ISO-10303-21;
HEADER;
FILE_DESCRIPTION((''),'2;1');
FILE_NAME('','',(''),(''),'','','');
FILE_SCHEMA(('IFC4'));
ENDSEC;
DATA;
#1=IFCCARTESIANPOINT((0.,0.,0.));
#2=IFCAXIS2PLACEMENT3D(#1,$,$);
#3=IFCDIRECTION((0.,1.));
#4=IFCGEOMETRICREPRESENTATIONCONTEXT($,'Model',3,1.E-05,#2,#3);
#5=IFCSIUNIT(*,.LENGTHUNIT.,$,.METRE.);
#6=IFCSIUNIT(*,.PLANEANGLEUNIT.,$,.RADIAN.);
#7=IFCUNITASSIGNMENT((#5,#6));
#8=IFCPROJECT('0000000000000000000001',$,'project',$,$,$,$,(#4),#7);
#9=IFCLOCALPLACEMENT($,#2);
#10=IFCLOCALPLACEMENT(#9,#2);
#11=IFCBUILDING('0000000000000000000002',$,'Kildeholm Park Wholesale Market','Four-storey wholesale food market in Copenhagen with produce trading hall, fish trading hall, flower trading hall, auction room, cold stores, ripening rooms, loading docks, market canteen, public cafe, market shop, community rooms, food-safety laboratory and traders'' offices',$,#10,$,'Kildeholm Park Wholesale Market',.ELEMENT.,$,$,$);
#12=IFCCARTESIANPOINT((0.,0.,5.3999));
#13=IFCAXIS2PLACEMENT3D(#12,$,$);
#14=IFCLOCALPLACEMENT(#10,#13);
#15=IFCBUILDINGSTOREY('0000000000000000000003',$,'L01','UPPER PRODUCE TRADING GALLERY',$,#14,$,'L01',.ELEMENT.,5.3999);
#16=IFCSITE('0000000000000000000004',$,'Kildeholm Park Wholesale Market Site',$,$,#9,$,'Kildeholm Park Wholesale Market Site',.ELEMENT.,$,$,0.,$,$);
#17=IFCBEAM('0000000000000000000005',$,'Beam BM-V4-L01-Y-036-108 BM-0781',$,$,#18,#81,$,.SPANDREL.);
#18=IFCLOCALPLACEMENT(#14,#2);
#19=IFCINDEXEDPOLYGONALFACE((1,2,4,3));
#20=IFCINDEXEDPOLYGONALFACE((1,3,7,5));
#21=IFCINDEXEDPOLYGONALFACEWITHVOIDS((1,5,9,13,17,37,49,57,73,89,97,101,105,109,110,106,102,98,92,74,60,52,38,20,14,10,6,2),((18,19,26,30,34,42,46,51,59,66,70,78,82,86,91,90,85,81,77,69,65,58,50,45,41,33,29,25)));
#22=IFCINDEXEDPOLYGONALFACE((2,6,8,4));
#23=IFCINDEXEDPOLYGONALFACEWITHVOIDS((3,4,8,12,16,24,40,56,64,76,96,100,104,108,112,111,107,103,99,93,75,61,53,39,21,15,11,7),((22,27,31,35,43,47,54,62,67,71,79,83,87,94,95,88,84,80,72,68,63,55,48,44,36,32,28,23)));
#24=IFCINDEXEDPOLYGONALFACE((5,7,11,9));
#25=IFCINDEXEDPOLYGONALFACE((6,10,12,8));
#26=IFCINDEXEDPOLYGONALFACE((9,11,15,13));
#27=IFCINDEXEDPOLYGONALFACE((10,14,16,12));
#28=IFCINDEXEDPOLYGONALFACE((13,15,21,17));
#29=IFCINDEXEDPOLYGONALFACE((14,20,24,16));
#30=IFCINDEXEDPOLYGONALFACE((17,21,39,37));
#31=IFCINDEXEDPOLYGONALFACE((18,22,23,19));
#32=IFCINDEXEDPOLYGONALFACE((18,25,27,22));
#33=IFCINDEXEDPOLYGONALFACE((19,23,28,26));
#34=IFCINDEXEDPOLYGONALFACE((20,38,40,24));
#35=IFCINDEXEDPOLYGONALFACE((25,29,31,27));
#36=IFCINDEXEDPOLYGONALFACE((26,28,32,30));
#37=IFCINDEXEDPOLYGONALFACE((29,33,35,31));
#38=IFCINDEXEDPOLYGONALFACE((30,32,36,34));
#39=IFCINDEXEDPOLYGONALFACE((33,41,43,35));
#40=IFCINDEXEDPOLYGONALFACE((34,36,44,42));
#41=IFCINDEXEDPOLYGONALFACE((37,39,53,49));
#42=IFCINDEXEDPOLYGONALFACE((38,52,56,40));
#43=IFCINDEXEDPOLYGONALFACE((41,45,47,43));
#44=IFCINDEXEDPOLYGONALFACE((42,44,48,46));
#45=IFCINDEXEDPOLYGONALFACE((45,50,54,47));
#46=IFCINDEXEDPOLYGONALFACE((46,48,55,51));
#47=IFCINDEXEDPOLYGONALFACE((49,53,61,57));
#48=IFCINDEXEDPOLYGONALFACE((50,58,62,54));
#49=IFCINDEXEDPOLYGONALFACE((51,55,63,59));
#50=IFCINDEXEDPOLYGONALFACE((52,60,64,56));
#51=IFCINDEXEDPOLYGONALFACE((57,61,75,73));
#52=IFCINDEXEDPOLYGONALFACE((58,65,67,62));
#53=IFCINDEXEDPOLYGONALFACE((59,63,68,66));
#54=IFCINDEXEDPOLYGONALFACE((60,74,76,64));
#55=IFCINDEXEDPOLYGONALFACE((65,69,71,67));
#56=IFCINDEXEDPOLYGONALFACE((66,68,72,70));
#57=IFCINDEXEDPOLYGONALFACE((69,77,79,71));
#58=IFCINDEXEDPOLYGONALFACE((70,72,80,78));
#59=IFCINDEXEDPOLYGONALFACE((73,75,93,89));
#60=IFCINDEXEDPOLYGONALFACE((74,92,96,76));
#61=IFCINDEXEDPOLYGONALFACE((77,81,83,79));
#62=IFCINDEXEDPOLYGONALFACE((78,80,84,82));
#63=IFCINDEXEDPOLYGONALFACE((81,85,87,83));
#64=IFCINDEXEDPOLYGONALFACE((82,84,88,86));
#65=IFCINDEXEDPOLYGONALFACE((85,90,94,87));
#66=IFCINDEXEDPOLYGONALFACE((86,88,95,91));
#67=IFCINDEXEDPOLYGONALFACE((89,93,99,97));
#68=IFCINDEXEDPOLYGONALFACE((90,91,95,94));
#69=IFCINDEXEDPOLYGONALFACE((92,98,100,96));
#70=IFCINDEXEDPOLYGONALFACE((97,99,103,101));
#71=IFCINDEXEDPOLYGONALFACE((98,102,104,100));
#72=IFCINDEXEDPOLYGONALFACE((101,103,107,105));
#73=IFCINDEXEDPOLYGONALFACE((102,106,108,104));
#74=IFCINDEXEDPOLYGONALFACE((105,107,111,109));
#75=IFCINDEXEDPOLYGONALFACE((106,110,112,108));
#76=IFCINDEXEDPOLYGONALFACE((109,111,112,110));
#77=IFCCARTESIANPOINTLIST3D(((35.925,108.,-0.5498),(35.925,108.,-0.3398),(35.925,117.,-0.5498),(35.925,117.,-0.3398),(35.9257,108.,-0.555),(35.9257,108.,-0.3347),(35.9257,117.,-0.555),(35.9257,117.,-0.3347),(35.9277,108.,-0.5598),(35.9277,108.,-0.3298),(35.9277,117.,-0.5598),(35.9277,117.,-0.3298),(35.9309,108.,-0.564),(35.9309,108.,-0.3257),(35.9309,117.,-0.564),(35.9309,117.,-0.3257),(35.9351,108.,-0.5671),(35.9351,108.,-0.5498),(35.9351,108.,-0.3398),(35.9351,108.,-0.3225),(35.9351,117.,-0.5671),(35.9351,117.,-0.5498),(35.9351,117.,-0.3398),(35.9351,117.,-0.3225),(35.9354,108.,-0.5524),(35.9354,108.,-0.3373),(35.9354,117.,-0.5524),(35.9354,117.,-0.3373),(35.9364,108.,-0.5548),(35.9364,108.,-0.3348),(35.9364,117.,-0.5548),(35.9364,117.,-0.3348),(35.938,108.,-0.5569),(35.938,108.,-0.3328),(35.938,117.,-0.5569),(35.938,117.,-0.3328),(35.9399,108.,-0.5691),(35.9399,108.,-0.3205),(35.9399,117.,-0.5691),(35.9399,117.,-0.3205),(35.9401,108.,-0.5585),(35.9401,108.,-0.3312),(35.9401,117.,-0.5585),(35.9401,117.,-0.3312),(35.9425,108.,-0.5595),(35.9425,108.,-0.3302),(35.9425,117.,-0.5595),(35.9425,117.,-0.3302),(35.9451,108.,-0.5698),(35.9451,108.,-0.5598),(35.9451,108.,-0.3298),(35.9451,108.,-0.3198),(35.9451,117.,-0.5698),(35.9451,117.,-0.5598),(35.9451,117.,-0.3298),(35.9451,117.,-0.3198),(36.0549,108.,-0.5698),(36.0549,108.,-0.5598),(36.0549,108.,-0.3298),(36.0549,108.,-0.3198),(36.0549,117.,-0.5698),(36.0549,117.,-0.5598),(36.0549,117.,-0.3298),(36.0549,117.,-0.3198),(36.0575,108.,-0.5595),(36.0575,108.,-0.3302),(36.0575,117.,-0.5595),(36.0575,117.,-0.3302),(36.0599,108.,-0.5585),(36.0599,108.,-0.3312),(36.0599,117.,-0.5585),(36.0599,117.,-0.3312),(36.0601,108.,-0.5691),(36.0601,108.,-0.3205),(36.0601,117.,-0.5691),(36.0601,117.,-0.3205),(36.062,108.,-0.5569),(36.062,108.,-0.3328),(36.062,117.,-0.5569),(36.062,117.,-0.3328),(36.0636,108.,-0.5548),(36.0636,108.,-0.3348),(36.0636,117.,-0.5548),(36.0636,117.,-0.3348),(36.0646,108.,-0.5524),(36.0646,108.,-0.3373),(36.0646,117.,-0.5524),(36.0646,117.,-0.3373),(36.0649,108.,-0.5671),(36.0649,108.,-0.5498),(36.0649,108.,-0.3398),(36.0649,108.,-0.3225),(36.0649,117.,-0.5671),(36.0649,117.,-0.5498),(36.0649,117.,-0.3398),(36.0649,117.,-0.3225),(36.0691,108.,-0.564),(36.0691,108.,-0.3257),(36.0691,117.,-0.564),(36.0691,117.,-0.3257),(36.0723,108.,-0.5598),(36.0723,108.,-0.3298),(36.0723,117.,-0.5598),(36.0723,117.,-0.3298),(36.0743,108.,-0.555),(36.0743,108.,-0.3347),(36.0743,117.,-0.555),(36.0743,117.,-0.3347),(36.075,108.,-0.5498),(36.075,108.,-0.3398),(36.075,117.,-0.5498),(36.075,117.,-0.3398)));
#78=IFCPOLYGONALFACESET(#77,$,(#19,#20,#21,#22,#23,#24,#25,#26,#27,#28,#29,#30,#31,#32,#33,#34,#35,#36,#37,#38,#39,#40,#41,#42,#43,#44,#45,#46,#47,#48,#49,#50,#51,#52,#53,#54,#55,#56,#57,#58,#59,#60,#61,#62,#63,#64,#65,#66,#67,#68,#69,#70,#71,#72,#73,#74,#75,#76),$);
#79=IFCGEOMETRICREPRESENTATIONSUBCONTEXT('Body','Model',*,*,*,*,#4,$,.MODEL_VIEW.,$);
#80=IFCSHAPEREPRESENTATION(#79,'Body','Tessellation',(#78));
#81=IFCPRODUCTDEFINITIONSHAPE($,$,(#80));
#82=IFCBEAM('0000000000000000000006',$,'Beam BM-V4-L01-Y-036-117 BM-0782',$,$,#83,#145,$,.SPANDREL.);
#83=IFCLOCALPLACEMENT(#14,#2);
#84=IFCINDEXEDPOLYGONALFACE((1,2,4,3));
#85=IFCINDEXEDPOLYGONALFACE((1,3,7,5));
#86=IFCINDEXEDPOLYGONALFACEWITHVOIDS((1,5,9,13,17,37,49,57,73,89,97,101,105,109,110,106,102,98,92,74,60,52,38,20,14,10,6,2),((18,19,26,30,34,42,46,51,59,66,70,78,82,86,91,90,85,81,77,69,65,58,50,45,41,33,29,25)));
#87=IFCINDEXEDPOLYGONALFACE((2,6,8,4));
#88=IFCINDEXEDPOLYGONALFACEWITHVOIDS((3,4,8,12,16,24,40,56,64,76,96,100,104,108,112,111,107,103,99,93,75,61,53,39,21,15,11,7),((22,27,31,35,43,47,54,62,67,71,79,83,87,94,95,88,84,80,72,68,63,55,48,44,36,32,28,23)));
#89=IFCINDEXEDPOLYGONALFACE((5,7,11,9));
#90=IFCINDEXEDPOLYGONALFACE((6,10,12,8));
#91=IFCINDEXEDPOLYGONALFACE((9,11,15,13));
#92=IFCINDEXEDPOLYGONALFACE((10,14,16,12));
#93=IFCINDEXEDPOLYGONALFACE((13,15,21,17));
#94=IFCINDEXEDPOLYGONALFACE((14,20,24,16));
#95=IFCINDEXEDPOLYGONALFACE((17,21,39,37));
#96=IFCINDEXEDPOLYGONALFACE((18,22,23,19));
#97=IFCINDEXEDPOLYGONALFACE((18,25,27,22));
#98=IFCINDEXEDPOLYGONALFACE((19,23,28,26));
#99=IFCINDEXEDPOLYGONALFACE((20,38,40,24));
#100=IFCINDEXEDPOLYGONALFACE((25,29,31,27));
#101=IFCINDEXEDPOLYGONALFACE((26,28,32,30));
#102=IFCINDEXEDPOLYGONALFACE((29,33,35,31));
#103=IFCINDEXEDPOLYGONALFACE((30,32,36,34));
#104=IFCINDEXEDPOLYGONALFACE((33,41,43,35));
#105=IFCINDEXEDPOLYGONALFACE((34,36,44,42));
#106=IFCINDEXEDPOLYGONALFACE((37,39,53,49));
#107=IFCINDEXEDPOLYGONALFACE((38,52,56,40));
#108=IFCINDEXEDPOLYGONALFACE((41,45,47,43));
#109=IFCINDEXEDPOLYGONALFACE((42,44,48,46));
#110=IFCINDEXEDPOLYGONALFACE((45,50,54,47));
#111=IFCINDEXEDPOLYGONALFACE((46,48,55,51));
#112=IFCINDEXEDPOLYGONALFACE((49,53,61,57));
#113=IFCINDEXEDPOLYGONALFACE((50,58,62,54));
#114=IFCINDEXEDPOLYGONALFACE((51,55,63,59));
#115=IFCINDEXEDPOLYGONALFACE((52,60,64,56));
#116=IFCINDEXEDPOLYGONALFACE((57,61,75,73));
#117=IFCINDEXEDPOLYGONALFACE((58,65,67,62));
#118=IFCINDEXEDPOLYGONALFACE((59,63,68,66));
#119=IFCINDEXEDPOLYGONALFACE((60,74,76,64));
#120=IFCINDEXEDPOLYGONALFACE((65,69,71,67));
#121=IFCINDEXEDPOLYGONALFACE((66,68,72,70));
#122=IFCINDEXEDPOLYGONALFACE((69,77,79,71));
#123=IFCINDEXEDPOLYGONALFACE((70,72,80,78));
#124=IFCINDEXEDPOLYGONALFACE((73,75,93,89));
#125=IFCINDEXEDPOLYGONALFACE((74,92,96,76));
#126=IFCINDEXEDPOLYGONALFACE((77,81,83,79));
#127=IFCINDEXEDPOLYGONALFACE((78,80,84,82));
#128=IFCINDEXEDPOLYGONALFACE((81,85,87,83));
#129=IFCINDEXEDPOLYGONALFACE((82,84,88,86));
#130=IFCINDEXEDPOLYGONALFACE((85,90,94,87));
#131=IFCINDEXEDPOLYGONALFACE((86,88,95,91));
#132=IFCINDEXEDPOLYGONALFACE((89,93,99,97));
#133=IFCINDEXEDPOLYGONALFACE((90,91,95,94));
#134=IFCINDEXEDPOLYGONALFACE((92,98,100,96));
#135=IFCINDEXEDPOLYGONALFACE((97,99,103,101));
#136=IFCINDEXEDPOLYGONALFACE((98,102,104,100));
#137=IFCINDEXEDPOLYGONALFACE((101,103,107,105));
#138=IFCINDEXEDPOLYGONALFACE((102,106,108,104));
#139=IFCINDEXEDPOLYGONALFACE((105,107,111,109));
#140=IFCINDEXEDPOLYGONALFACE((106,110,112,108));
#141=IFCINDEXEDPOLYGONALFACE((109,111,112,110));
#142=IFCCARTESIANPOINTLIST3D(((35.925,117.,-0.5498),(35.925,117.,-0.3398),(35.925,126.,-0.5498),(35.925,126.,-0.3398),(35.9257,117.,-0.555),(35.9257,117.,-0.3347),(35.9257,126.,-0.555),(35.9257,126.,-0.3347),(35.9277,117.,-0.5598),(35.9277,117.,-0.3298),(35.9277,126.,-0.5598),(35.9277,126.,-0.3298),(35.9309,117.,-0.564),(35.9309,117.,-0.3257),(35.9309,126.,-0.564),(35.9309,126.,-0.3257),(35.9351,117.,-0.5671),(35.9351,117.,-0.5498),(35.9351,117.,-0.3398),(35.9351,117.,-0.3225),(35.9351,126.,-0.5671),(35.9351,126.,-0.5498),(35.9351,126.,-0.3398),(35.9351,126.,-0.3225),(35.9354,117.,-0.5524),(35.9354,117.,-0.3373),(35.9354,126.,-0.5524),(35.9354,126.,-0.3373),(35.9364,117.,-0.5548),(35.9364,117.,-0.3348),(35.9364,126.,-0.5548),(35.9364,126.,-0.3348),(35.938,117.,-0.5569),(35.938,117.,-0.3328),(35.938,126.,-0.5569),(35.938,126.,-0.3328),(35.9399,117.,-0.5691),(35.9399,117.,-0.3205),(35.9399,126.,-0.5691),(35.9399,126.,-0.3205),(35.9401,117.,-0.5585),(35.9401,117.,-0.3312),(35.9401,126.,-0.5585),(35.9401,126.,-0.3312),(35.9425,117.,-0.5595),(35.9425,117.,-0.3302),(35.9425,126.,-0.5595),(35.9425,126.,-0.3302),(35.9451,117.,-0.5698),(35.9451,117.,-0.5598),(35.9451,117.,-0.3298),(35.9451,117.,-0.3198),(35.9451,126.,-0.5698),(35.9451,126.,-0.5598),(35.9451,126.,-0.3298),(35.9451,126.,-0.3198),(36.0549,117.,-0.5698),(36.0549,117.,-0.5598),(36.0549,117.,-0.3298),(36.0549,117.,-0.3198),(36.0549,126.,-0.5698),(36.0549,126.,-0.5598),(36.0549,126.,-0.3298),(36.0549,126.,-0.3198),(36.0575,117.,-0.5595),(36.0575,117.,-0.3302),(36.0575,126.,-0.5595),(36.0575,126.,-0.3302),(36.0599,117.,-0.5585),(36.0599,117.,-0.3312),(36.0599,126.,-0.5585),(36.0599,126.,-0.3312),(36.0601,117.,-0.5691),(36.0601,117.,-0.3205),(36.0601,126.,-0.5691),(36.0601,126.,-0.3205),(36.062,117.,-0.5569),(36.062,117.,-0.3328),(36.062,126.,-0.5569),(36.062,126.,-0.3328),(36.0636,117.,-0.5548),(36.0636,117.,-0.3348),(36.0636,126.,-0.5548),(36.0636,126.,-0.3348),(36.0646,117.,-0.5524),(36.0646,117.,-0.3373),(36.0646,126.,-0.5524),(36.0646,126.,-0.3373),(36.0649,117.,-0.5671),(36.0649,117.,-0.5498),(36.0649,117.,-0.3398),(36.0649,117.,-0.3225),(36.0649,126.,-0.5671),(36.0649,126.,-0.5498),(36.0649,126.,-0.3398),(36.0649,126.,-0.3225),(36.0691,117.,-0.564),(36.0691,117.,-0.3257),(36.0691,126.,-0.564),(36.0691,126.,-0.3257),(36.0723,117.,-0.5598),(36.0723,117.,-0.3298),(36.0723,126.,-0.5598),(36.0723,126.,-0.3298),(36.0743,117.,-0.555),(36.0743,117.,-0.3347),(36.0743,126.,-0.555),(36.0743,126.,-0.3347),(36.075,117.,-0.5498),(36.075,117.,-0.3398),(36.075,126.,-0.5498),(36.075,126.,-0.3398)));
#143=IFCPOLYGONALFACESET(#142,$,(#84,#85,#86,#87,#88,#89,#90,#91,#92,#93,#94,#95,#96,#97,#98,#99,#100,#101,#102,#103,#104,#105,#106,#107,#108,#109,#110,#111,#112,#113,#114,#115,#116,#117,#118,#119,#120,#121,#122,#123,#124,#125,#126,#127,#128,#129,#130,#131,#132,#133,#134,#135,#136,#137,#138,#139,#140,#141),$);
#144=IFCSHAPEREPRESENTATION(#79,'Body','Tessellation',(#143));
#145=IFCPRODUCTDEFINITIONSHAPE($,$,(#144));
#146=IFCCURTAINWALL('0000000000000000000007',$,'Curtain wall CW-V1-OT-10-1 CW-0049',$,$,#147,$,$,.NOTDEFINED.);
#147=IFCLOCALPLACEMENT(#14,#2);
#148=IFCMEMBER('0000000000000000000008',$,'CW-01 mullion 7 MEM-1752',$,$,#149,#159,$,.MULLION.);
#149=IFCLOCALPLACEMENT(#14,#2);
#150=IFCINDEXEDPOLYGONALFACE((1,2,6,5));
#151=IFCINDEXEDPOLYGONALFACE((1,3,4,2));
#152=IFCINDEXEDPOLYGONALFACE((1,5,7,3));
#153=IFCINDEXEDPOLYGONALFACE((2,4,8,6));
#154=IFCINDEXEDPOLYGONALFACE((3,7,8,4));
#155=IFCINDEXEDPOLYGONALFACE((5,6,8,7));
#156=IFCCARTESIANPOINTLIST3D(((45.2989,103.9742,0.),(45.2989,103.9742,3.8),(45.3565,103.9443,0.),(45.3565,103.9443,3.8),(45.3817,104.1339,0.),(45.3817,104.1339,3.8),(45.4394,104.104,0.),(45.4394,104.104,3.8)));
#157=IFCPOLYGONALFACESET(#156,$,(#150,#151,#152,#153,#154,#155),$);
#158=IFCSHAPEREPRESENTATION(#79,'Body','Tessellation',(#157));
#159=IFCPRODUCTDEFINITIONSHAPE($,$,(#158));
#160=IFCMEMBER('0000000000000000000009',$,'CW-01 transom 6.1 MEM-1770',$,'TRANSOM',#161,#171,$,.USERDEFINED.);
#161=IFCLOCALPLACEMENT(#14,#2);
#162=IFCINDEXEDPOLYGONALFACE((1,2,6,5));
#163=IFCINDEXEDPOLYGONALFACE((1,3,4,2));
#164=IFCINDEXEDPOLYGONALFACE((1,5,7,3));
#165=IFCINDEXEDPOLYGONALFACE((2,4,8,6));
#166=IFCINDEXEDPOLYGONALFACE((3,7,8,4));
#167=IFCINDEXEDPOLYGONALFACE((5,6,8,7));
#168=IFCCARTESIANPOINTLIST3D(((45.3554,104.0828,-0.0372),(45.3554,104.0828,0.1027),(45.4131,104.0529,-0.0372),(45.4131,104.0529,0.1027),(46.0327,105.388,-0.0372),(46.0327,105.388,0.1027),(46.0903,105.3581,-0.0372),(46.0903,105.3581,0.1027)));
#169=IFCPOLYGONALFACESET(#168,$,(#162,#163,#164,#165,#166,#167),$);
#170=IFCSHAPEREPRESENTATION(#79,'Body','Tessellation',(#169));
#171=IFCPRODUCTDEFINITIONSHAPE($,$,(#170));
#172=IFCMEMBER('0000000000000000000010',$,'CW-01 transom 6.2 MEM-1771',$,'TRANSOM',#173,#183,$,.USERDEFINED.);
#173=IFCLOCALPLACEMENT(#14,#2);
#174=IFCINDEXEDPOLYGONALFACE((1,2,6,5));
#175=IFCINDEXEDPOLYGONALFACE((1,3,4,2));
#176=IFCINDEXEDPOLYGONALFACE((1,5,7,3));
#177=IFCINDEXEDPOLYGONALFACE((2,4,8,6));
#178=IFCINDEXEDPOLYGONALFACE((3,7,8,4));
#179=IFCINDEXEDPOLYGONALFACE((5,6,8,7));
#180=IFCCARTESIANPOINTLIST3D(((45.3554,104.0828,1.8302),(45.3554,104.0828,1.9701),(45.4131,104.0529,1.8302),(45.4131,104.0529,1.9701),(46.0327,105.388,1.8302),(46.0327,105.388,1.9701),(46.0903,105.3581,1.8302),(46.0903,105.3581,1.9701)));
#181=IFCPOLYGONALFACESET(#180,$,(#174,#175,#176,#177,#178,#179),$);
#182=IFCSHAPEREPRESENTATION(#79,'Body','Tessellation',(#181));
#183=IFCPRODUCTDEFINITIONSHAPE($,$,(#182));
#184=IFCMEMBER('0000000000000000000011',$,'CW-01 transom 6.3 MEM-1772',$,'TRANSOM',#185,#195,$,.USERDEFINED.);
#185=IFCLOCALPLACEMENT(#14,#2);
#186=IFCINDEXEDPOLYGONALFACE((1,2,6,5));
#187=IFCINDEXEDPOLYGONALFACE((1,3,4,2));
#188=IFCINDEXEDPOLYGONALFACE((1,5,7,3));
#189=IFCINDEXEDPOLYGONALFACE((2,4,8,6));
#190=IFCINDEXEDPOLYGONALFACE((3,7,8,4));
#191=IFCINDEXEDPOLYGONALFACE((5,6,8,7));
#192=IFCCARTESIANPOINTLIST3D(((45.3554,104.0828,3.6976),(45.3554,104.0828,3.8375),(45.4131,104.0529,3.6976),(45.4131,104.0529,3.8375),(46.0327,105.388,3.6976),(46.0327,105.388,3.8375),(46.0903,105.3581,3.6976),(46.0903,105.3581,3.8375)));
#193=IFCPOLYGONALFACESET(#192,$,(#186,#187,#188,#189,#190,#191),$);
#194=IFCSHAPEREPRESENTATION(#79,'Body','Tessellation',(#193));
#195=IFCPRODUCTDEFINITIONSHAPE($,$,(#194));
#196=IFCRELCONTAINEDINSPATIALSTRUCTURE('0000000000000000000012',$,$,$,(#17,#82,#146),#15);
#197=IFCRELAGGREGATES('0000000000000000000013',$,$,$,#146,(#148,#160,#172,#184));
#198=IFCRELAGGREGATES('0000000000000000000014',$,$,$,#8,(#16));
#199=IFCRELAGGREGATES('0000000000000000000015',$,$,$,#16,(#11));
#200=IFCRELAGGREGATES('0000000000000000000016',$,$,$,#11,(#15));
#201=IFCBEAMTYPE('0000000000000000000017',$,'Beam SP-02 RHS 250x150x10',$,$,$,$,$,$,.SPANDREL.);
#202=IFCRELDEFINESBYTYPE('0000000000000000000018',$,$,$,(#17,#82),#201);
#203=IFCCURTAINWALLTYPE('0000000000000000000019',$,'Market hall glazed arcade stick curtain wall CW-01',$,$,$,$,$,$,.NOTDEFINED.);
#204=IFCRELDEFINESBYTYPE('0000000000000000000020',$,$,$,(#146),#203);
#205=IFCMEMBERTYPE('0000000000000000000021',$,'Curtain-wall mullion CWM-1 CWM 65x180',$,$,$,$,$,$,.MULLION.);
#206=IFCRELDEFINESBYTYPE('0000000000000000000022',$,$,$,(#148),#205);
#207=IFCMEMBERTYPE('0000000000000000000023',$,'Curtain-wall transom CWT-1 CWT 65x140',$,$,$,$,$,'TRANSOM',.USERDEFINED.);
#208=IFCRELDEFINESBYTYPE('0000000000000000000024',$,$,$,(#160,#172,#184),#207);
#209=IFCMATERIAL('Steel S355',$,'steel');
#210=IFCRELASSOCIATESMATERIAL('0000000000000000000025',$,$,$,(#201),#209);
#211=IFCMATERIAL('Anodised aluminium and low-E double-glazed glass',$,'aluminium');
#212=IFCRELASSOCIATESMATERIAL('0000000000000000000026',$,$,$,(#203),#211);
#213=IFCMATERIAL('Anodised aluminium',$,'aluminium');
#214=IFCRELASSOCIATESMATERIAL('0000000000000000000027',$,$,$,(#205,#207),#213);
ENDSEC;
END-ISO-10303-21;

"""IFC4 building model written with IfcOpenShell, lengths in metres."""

from ifc_helpers import new_model, si_unit, direction, frame, origin, origin_2d, place, context, subcontext, project, spatial, rectangle, hollow_rectangle, extrude, material, material_profile, profile_set, type_object, element, aggregate, save


model = new_model("IFC4")

# Units and contexts
model_context = context("Model", 3, precision=1e-05, world=origin(), true_north=direction((0.0, 1.0)))
body_context = subcontext(model_context, "Body", "Model", "MODEL_VIEW")
ifc_project = project(units=[si_unit("LENGTHUNIT", "METRE"), si_unit("PLANEANGLEUNIT", "RADIAN")], contexts=[model_context])

# Site, building, storey
site_placement = place(None, origin())
site = spatial("IfcSite", under=ifc_project, at=site_placement, Name="Kildeholm Park Wholesale Market Site", LongName="Kildeholm Park Wholesale Market Site", CompositionType="ELEMENT", RefElevation=0.0)
building_placement = place(site_placement, origin())
building = spatial("IfcBuilding", under=site, at=building_placement, Name="Kildeholm Park Wholesale Market", Description="Four-storey wholesale food market in Copenhagen with produce trading hall, fish trading hall, flower trading hall, auction room, cold stores, ripening rooms, loading docks, market canteen, public cafe, market shop, community rooms, food-safety laboratory and traders' offices", LongName="Kildeholm Park Wholesale Market", CompositionType="ELEMENT")
storey_placement = place(building_placement, frame((0.0, 0.0, 5.3999)))
storey = spatial("IfcBuildingStorey", under=building, at=storey_placement, Name="L01", Description="UPPER PRODUCE TRADING GALLERY", LongName="L01", CompositionType="ELEMENT", Elevation=5.3999)

# Beams
ifc_material_1 = material(Name="Steel S355", Category="steel")
ifc_material_profile_1 = material_profile(ifc_material_1, hollow_rectangle(XDim=0.1499, YDim=0.25, WallThickness=0.01, InnerFilletRadius=0.01, OuterFilletRadius=0.02, at=origin_2d()), Name="RHS 250x150x10")
ifc_profile_set_1 = profile_set([ifc_material_profile_1], Name="Steel S355")
beam_type_1 = type_object("IfcBeamType", Name="Beam SP-02 RHS 250x150x10", PredefinedType="SPANDREL", material=ifc_profile_set_1)
for number, where, z_axis, x_axis, name in (
    (1, (36.0, 108.0, -0.4448), (0.0, 1.0, 0.0), (-1.0, 0.0, 0.0), "Beam BM-V4-L01-Y-036-108 BM-0781"),
    (2, (36.0, 117.0, -0.4448), (0.0, 1.0, 0.0), (-1.0, 0.0, 0.0), "Beam BM-V4-L01-Y-036-117 BM-0782"),
):
    element("IfcBeam", number, at=place(storey_placement, frame(where, z_axis=z_axis, x_axis=x_axis)), inside=storey, type_object=beam_type_1, Name=name, PredefinedType="SPANDREL", context=body_context, shape_type="SweptSolid", body=[
        extrude(hollow_rectangle(XDim=0.1499, YDim=0.25, WallThickness=0.01, InnerFilletRadius=0.01, OuterFilletRadius=0.02, at=origin_2d()), origin(), (0.0, 0.0, 1.0), 9.0),
    ])

# Curtain wall, members
ifc_material_2 = material(Name="Anodised aluminium and low-E double-glazed glass", Category="aluminium")
curtain_wall_type = type_object("IfcCurtainWallType", Name="Market hall glazed arcade stick curtain wall CW-01", PredefinedType="NOTDEFINED", material=ifc_material_2)
curtain_wall_placement = place(storey_placement, origin())
curtain_wall = element("IfcCurtainWall", 3, at=curtain_wall_placement, inside=storey, type_object=curtain_wall_type, Name="Curtain wall CW-V1-OT-10-1 CW-0049", PredefinedType="NOTDEFINED")
ifc_material_3 = material(Name="Anodised aluminium", Category="aluminium")
ifc_material_profile_2 = material_profile(ifc_material_3, rectangle(XDim=0.0649, YDim=0.1799, at=origin_2d()), Name="CWM 65x180")
ifc_profile_set_2 = profile_set([ifc_material_profile_2], Name="Anodised aluminium")
member_type_1 = type_object("IfcMemberType", Name="Curtain-wall mullion CWM-1 CWM 65x180", PredefinedType="MULLION", material=ifc_profile_set_2)
member_1_placement = place(storey_placement, frame((45.3691, 104.0391, 0.0), z_axis=(0.0, 0.0, 1.0), x_axis=(0.887652, -0.460514, 0.0)))
member_1 = element("IfcMember", 4, at=member_1_placement, type_object=member_type_1, Name="CW-01 mullion 7 MEM-1752", PredefinedType="MULLION", context=body_context, shape_type="SweptSolid", body=[
    extrude(rectangle(XDim=0.0649, YDim=0.1799, at=origin_2d()), origin(), (0.0, 0.0, 1.0), 3.8),
])
ifc_material_profile_3 = material_profile(ifc_material_3, rectangle(XDim=0.0649, YDim=0.1399, at=origin_2d()), Name="CWT 65x140")
ifc_profile_set_3 = profile_set([ifc_material_profile_3], Name="Anodised aluminium")
member_type_2 = type_object("IfcMemberType", Name="Curtain-wall transom CWT-1 CWT 65x140", ElementType="TRANSOM", PredefinedType="USERDEFINED", material=ifc_profile_set_3)
member_2_placement = place(storey_placement, frame((46.0615, 105.373, 0.0327), z_axis=(-0.460579, -0.887619, 0.0), x_axis=(0.887619, -0.460579, 0.0)))
member_2 = element("IfcMember", 5, at=member_2_placement, type_object=member_type_2, Name="CW-01 transom 6.1 MEM-1770", ObjectType="TRANSOM", PredefinedType="USERDEFINED", context=body_context, shape_type="SweptSolid", body=[
    extrude(rectangle(XDim=0.0649, YDim=0.1399, at=origin_2d()), origin(), (0.0, 0.0, 1.0), 1.4705),
])
member_3_placement = place(storey_placement, frame((46.0615, 105.373, 1.9001), z_axis=(-0.460579, -0.887619, 0.0), x_axis=(0.887619, -0.460579, 0.0)))
member_3 = element("IfcMember", 6, at=member_3_placement, type_object=member_type_2, Name="CW-01 transom 6.2 MEM-1771", ObjectType="TRANSOM", PredefinedType="USERDEFINED", context=body_context, shape_type="SweptSolid", body=[
    extrude(rectangle(XDim=0.0649, YDim=0.1399, at=origin_2d()), origin(), (0.0, 0.0, 1.0), 1.4705),
])
member_4_placement = place(storey_placement, frame((46.0615, 105.373, 3.7676), z_axis=(-0.460579, -0.887619, 0.0), x_axis=(0.887619, -0.460579, 0.0)))
member_4 = element("IfcMember", 7, at=member_4_placement, type_object=member_type_2, Name="CW-01 transom 6.3 MEM-1772", ObjectType="TRANSOM", PredefinedType="USERDEFINED", context=body_context, shape_type="SweptSolid", body=[
    extrude(rectangle(XDim=0.0649, YDim=0.1399, at=origin_2d()), origin(), (0.0, 0.0, 1.0), 1.4705),
])
aggregate(curtain_wall, [member_1, member_2, member_3, member_4])

save(model, "model.ifc")
